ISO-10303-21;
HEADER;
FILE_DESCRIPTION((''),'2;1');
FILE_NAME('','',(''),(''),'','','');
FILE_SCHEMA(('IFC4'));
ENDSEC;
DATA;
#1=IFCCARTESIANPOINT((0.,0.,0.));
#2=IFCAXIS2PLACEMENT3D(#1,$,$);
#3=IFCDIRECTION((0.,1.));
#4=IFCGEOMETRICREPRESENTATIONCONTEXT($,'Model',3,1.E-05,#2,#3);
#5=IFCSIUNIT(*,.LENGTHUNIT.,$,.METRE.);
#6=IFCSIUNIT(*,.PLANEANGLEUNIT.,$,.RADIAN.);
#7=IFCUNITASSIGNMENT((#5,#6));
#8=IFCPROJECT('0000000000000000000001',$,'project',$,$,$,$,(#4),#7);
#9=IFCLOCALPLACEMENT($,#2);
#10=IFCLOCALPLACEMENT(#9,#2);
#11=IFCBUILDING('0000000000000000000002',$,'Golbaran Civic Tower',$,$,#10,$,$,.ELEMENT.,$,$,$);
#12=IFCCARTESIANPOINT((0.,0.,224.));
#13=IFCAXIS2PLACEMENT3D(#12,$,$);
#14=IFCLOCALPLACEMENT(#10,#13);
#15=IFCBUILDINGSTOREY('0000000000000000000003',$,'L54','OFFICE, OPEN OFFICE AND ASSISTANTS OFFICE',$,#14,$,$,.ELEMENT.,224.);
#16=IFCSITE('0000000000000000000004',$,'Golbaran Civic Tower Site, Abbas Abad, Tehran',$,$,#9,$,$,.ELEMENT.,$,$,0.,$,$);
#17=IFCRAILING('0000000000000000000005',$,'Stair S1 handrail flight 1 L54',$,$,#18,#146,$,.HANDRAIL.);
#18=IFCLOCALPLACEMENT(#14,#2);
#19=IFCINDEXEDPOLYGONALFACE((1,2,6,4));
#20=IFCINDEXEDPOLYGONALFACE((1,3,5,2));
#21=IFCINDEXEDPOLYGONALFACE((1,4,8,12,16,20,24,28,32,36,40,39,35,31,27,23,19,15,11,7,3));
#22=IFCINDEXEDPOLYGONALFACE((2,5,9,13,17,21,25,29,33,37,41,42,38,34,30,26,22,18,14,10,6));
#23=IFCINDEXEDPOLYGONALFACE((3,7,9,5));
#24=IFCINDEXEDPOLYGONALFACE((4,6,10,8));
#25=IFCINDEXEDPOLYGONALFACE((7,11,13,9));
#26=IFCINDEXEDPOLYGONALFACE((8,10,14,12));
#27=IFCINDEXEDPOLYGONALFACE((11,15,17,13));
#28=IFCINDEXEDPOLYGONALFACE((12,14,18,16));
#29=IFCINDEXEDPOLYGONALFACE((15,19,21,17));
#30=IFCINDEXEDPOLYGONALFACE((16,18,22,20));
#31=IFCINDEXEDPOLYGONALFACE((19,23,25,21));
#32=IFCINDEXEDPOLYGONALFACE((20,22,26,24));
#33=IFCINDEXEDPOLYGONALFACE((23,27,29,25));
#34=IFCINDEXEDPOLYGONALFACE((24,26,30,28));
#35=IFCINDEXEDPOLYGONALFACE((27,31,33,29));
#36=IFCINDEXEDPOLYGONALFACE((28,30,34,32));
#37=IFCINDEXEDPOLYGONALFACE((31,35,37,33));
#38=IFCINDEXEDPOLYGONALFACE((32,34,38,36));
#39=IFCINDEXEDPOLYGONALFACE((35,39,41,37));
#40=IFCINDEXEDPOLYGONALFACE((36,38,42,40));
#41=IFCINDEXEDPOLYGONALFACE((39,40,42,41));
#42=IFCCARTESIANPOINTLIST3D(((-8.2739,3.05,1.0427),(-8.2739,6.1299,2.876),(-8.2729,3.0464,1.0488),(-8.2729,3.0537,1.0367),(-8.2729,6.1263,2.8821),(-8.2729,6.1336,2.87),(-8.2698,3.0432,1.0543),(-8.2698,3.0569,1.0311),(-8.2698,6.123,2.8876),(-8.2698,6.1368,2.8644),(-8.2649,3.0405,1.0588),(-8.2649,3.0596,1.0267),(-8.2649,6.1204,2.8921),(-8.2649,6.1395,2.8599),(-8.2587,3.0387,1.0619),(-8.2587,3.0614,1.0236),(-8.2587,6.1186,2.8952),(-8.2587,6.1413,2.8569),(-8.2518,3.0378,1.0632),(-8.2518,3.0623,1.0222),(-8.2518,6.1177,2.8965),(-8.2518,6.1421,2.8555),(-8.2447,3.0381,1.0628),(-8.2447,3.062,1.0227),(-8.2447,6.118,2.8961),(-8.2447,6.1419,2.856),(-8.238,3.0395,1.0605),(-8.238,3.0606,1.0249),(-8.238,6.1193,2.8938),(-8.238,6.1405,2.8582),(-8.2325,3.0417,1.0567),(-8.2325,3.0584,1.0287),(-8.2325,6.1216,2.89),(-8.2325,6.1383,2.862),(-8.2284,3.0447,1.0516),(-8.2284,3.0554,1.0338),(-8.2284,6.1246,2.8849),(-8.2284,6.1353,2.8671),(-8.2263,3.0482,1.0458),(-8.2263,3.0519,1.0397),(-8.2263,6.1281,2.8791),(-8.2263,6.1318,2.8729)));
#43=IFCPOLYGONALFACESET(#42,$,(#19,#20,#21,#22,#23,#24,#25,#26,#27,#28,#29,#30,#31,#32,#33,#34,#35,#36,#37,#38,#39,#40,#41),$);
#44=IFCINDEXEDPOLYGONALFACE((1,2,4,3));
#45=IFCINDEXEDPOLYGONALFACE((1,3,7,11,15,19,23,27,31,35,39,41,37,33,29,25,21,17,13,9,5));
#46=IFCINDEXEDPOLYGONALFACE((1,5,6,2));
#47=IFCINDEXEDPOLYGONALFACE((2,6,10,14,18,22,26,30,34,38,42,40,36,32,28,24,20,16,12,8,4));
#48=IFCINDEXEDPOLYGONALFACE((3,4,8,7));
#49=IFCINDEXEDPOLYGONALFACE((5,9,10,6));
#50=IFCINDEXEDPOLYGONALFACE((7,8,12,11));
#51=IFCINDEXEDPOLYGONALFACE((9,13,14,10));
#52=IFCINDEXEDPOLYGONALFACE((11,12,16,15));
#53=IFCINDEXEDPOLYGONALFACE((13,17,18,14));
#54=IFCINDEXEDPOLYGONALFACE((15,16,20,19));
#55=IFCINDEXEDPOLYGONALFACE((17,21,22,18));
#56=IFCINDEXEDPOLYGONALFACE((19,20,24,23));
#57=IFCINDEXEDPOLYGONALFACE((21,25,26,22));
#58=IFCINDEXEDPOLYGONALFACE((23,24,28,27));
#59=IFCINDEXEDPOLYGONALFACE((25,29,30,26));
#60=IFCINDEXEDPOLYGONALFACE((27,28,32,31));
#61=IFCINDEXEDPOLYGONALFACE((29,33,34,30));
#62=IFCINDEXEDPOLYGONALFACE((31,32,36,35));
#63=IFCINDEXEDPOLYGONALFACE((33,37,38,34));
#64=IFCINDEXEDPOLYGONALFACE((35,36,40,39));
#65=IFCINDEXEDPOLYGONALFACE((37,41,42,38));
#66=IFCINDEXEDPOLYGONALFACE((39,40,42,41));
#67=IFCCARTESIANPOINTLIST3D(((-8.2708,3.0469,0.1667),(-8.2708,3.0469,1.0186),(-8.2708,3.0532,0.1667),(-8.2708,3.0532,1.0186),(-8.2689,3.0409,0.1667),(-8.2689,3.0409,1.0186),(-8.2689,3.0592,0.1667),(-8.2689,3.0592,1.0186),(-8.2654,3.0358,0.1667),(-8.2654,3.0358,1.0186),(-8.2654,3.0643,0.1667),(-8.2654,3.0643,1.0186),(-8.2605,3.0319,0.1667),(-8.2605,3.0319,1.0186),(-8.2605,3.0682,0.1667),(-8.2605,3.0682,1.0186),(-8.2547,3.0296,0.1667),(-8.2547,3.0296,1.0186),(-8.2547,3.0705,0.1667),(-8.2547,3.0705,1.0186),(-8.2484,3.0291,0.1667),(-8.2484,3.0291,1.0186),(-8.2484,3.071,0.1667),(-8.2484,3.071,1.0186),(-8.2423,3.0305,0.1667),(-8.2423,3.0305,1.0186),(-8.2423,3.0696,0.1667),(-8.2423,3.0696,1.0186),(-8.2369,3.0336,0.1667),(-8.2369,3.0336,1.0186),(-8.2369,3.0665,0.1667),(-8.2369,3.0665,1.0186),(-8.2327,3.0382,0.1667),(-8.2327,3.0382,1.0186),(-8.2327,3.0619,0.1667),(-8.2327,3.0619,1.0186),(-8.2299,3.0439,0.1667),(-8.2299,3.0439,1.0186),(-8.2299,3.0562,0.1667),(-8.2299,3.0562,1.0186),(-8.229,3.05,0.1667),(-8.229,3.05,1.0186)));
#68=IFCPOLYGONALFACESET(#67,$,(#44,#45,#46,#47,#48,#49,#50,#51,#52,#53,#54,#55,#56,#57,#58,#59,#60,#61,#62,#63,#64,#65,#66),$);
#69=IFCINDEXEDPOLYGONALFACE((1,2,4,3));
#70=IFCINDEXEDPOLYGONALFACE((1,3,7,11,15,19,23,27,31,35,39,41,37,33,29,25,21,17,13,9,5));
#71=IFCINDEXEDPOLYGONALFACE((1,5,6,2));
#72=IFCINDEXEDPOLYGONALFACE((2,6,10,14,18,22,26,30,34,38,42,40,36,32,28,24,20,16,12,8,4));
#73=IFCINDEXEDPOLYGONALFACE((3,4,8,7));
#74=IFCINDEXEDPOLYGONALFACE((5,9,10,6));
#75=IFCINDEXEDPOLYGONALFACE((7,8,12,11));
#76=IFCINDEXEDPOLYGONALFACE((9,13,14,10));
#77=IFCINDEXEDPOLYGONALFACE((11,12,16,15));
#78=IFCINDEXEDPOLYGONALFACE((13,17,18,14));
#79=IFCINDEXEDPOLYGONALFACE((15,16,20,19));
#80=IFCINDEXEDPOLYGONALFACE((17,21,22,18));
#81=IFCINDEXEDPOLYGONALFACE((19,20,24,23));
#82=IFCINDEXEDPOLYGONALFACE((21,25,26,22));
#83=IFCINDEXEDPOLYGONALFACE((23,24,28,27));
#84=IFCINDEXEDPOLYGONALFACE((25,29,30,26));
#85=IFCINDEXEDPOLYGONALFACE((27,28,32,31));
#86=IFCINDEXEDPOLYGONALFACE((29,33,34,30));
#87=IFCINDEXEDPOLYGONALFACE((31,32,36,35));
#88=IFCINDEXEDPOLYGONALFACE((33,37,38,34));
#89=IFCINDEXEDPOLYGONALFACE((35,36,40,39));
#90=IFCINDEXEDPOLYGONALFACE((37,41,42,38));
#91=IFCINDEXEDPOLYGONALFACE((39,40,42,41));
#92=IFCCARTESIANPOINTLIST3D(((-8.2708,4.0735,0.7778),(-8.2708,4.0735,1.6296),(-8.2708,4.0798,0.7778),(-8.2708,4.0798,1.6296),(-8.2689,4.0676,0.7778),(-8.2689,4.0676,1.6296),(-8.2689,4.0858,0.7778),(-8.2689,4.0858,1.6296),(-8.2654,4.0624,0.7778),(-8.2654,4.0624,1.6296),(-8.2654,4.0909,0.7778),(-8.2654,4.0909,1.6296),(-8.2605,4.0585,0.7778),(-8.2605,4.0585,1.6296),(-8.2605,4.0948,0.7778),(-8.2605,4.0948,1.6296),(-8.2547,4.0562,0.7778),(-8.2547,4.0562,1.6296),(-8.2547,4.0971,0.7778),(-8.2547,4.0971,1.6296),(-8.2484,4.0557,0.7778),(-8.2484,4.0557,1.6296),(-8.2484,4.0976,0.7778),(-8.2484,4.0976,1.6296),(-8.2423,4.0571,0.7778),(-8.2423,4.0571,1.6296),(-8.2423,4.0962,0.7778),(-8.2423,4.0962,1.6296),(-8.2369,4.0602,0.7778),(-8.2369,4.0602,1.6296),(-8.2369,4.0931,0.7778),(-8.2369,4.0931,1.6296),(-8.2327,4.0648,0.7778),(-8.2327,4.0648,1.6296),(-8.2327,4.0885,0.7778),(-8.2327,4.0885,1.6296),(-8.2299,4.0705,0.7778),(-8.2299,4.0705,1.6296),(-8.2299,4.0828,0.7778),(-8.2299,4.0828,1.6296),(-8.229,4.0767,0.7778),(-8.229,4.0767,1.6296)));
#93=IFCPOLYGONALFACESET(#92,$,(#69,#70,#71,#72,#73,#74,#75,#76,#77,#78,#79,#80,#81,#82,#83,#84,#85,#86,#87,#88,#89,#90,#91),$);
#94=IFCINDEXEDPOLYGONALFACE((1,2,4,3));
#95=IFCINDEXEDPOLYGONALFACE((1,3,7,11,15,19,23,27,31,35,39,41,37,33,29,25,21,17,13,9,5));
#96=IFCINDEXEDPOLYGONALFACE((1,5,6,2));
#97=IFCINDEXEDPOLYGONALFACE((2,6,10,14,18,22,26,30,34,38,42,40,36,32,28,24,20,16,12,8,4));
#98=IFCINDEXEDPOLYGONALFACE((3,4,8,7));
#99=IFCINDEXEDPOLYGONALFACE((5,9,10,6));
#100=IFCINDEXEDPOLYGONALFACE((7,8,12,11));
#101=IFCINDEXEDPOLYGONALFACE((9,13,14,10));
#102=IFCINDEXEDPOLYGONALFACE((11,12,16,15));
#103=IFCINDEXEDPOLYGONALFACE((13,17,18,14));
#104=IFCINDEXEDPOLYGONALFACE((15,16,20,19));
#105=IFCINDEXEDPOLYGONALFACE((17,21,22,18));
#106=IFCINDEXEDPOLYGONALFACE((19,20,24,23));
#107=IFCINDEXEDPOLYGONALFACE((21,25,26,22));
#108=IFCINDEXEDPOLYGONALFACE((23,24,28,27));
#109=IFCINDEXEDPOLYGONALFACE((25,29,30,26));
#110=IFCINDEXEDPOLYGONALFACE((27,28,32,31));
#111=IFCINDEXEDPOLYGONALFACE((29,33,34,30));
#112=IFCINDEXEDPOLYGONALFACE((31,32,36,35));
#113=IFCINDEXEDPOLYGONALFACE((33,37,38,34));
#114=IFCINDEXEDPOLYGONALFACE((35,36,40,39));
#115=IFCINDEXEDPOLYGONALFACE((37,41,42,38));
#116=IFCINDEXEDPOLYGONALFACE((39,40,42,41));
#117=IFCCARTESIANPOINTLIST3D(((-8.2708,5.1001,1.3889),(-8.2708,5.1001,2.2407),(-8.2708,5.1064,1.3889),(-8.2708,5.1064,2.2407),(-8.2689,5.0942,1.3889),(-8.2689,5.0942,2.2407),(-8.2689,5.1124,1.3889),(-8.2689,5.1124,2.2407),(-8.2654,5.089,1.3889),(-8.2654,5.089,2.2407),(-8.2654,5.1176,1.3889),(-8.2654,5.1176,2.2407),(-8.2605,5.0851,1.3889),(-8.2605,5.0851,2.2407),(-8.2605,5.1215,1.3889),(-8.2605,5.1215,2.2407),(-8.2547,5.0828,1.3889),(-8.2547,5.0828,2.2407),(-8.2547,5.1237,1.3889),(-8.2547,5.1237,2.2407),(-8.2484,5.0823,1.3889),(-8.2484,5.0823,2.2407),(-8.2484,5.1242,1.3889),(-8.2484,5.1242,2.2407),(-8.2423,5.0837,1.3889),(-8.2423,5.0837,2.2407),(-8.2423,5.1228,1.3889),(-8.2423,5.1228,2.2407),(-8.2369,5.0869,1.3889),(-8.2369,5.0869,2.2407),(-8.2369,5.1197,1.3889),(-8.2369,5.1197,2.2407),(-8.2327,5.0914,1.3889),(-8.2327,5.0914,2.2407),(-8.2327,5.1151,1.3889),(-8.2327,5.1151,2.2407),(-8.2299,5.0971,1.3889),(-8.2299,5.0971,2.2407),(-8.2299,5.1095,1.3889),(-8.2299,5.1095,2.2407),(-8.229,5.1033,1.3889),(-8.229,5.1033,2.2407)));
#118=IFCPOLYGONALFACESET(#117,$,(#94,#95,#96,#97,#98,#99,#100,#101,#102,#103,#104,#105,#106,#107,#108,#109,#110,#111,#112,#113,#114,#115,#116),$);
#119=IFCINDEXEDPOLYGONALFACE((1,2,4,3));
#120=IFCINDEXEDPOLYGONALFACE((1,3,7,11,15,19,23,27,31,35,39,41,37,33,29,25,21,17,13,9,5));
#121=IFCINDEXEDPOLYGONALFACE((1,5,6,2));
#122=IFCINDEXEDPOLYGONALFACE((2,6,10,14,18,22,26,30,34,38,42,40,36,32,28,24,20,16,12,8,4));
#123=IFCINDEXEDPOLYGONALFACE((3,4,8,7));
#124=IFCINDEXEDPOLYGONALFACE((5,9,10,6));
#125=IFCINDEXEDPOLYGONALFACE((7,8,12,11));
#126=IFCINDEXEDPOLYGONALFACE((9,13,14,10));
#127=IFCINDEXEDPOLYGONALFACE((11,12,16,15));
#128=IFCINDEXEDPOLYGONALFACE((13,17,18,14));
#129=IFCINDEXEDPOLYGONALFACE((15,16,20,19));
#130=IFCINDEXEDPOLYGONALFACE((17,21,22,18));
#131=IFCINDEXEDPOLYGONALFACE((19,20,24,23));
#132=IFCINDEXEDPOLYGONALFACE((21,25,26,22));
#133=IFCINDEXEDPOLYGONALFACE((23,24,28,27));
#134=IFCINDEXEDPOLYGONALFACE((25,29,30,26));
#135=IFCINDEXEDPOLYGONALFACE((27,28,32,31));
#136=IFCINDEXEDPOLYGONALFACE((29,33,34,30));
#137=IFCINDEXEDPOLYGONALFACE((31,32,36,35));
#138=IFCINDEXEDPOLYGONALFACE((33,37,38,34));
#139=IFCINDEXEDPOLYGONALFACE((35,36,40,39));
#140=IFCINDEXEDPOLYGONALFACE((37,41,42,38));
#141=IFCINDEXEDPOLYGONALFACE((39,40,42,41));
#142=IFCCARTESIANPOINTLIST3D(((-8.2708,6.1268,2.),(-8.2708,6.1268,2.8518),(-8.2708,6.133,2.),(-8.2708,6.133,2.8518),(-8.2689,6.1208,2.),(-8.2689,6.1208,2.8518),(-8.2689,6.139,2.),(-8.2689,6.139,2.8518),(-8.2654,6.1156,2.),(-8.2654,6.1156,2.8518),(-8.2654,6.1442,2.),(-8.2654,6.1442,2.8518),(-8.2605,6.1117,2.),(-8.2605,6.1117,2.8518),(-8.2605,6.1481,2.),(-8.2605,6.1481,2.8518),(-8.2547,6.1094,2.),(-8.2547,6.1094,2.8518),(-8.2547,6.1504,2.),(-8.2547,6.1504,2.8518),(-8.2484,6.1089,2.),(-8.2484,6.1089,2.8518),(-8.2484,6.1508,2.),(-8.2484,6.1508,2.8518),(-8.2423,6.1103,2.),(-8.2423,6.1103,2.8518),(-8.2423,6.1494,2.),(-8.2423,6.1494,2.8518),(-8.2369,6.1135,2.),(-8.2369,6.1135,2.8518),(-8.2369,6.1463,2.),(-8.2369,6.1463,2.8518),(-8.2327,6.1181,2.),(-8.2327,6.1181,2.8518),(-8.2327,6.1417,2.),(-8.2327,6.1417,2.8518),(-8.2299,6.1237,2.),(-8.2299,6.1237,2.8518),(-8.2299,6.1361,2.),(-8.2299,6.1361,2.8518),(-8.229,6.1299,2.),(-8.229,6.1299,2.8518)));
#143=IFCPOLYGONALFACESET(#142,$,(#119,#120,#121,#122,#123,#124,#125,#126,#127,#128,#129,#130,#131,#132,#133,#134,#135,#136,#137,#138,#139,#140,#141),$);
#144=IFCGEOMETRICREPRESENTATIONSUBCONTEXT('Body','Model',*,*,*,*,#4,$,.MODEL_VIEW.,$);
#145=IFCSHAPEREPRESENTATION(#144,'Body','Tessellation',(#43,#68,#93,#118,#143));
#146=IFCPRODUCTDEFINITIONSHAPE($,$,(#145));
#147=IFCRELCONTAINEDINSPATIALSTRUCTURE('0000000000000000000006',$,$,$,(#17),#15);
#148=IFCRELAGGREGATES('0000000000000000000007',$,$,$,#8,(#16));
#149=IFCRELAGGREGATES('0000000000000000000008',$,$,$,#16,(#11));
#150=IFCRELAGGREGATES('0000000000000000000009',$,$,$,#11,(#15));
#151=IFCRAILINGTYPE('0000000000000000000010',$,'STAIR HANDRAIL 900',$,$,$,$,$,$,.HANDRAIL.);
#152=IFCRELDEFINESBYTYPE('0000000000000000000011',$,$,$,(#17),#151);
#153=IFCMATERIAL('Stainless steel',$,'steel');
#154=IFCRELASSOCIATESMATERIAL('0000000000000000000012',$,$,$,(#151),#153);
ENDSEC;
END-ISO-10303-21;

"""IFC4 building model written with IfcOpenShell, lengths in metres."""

from ifc_helpers import new_model, si_unit, direction, frame, origin, origin_2d, place, context, subcontext, project, spatial, circle, extrude, material, type_object, element, save


model = new_model("IFC4")

# Units and contexts
model_context = context("Model", 3, precision=1e-05, world=origin(), true_north=direction((0.0, 1.0)))
body_context = subcontext(model_context, "Body", "Model", "MODEL_VIEW")
ifc_project = project(units=[si_unit("LENGTHUNIT", "METRE"), si_unit("PLANEANGLEUNIT", "RADIAN")], contexts=[model_context])

# Site, building, storey
site_placement = place(None, origin())
site = spatial("IfcSite", under=ifc_project, at=site_placement, Name="Golbaran Civic Tower Site, Abbas Abad, Tehran", CompositionType="ELEMENT", RefElevation=0.0)
building_placement = place(site_placement, origin())
building = spatial("IfcBuilding", under=site, at=building_placement, Name="Golbaran Civic Tower", CompositionType="ELEMENT")
storey_placement = place(building_placement, frame((0.0, 0.0, 224.0)))
storey = spatial("IfcBuildingStorey", under=building, at=storey_placement, Name="L54", Description="OFFICE, OPEN OFFICE AND ASSISTANTS OFFICE", CompositionType="ELEMENT", Elevation=224.0)

# Shared definitions
ifc_material_1 = material(Name="Stainless steel", Category="steel")

# Railing
railing_type = type_object("IfcRailingType", Name="STAIR HANDRAIL 900", PredefinedType="HANDRAIL", material=ifc_material_1)
railing_1_placement = place(storey_placement, frame((-8.25, 3.05, 0.1667)))
element("IfcRailing", 1, at=railing_1_placement, inside=storey, type_object=railing_type, Name="Stair S1 handrail flight 1 L54", PredefinedType="HANDRAIL", context=body_context, shape_type="SweptSolid", body=[
    extrude(circle(Radius=0.0239, at=origin_2d()), frame((0.0, 0.0, 0.876), z_axis=(0.0, 0.859291, 0.511487), x_axis=(-1.0, 0.0, 0.0)), (0.0, 0.0, 1.0), 3.5842),
    extrude(circle(Radius=0.021, at=origin_2d()), origin(), (0.0, 0.0, 1.0), 0.8518),
    extrude(circle(Radius=0.021, at=origin_2d()), frame((0.0, 1.0266, 0.6111)), (0.0, 0.0, 1.0), 0.8518),
    extrude(circle(Radius=0.021, at=origin_2d()), frame((0.0, 2.0532, 1.2222)), (0.0, 0.0, 1.0), 0.8518),
    extrude(circle(Radius=0.021, at=origin_2d()), frame((0.0, 3.0798, 1.8333)), (0.0, 0.0, 1.0), 0.8518),
])

save(model, "model.ifc")
